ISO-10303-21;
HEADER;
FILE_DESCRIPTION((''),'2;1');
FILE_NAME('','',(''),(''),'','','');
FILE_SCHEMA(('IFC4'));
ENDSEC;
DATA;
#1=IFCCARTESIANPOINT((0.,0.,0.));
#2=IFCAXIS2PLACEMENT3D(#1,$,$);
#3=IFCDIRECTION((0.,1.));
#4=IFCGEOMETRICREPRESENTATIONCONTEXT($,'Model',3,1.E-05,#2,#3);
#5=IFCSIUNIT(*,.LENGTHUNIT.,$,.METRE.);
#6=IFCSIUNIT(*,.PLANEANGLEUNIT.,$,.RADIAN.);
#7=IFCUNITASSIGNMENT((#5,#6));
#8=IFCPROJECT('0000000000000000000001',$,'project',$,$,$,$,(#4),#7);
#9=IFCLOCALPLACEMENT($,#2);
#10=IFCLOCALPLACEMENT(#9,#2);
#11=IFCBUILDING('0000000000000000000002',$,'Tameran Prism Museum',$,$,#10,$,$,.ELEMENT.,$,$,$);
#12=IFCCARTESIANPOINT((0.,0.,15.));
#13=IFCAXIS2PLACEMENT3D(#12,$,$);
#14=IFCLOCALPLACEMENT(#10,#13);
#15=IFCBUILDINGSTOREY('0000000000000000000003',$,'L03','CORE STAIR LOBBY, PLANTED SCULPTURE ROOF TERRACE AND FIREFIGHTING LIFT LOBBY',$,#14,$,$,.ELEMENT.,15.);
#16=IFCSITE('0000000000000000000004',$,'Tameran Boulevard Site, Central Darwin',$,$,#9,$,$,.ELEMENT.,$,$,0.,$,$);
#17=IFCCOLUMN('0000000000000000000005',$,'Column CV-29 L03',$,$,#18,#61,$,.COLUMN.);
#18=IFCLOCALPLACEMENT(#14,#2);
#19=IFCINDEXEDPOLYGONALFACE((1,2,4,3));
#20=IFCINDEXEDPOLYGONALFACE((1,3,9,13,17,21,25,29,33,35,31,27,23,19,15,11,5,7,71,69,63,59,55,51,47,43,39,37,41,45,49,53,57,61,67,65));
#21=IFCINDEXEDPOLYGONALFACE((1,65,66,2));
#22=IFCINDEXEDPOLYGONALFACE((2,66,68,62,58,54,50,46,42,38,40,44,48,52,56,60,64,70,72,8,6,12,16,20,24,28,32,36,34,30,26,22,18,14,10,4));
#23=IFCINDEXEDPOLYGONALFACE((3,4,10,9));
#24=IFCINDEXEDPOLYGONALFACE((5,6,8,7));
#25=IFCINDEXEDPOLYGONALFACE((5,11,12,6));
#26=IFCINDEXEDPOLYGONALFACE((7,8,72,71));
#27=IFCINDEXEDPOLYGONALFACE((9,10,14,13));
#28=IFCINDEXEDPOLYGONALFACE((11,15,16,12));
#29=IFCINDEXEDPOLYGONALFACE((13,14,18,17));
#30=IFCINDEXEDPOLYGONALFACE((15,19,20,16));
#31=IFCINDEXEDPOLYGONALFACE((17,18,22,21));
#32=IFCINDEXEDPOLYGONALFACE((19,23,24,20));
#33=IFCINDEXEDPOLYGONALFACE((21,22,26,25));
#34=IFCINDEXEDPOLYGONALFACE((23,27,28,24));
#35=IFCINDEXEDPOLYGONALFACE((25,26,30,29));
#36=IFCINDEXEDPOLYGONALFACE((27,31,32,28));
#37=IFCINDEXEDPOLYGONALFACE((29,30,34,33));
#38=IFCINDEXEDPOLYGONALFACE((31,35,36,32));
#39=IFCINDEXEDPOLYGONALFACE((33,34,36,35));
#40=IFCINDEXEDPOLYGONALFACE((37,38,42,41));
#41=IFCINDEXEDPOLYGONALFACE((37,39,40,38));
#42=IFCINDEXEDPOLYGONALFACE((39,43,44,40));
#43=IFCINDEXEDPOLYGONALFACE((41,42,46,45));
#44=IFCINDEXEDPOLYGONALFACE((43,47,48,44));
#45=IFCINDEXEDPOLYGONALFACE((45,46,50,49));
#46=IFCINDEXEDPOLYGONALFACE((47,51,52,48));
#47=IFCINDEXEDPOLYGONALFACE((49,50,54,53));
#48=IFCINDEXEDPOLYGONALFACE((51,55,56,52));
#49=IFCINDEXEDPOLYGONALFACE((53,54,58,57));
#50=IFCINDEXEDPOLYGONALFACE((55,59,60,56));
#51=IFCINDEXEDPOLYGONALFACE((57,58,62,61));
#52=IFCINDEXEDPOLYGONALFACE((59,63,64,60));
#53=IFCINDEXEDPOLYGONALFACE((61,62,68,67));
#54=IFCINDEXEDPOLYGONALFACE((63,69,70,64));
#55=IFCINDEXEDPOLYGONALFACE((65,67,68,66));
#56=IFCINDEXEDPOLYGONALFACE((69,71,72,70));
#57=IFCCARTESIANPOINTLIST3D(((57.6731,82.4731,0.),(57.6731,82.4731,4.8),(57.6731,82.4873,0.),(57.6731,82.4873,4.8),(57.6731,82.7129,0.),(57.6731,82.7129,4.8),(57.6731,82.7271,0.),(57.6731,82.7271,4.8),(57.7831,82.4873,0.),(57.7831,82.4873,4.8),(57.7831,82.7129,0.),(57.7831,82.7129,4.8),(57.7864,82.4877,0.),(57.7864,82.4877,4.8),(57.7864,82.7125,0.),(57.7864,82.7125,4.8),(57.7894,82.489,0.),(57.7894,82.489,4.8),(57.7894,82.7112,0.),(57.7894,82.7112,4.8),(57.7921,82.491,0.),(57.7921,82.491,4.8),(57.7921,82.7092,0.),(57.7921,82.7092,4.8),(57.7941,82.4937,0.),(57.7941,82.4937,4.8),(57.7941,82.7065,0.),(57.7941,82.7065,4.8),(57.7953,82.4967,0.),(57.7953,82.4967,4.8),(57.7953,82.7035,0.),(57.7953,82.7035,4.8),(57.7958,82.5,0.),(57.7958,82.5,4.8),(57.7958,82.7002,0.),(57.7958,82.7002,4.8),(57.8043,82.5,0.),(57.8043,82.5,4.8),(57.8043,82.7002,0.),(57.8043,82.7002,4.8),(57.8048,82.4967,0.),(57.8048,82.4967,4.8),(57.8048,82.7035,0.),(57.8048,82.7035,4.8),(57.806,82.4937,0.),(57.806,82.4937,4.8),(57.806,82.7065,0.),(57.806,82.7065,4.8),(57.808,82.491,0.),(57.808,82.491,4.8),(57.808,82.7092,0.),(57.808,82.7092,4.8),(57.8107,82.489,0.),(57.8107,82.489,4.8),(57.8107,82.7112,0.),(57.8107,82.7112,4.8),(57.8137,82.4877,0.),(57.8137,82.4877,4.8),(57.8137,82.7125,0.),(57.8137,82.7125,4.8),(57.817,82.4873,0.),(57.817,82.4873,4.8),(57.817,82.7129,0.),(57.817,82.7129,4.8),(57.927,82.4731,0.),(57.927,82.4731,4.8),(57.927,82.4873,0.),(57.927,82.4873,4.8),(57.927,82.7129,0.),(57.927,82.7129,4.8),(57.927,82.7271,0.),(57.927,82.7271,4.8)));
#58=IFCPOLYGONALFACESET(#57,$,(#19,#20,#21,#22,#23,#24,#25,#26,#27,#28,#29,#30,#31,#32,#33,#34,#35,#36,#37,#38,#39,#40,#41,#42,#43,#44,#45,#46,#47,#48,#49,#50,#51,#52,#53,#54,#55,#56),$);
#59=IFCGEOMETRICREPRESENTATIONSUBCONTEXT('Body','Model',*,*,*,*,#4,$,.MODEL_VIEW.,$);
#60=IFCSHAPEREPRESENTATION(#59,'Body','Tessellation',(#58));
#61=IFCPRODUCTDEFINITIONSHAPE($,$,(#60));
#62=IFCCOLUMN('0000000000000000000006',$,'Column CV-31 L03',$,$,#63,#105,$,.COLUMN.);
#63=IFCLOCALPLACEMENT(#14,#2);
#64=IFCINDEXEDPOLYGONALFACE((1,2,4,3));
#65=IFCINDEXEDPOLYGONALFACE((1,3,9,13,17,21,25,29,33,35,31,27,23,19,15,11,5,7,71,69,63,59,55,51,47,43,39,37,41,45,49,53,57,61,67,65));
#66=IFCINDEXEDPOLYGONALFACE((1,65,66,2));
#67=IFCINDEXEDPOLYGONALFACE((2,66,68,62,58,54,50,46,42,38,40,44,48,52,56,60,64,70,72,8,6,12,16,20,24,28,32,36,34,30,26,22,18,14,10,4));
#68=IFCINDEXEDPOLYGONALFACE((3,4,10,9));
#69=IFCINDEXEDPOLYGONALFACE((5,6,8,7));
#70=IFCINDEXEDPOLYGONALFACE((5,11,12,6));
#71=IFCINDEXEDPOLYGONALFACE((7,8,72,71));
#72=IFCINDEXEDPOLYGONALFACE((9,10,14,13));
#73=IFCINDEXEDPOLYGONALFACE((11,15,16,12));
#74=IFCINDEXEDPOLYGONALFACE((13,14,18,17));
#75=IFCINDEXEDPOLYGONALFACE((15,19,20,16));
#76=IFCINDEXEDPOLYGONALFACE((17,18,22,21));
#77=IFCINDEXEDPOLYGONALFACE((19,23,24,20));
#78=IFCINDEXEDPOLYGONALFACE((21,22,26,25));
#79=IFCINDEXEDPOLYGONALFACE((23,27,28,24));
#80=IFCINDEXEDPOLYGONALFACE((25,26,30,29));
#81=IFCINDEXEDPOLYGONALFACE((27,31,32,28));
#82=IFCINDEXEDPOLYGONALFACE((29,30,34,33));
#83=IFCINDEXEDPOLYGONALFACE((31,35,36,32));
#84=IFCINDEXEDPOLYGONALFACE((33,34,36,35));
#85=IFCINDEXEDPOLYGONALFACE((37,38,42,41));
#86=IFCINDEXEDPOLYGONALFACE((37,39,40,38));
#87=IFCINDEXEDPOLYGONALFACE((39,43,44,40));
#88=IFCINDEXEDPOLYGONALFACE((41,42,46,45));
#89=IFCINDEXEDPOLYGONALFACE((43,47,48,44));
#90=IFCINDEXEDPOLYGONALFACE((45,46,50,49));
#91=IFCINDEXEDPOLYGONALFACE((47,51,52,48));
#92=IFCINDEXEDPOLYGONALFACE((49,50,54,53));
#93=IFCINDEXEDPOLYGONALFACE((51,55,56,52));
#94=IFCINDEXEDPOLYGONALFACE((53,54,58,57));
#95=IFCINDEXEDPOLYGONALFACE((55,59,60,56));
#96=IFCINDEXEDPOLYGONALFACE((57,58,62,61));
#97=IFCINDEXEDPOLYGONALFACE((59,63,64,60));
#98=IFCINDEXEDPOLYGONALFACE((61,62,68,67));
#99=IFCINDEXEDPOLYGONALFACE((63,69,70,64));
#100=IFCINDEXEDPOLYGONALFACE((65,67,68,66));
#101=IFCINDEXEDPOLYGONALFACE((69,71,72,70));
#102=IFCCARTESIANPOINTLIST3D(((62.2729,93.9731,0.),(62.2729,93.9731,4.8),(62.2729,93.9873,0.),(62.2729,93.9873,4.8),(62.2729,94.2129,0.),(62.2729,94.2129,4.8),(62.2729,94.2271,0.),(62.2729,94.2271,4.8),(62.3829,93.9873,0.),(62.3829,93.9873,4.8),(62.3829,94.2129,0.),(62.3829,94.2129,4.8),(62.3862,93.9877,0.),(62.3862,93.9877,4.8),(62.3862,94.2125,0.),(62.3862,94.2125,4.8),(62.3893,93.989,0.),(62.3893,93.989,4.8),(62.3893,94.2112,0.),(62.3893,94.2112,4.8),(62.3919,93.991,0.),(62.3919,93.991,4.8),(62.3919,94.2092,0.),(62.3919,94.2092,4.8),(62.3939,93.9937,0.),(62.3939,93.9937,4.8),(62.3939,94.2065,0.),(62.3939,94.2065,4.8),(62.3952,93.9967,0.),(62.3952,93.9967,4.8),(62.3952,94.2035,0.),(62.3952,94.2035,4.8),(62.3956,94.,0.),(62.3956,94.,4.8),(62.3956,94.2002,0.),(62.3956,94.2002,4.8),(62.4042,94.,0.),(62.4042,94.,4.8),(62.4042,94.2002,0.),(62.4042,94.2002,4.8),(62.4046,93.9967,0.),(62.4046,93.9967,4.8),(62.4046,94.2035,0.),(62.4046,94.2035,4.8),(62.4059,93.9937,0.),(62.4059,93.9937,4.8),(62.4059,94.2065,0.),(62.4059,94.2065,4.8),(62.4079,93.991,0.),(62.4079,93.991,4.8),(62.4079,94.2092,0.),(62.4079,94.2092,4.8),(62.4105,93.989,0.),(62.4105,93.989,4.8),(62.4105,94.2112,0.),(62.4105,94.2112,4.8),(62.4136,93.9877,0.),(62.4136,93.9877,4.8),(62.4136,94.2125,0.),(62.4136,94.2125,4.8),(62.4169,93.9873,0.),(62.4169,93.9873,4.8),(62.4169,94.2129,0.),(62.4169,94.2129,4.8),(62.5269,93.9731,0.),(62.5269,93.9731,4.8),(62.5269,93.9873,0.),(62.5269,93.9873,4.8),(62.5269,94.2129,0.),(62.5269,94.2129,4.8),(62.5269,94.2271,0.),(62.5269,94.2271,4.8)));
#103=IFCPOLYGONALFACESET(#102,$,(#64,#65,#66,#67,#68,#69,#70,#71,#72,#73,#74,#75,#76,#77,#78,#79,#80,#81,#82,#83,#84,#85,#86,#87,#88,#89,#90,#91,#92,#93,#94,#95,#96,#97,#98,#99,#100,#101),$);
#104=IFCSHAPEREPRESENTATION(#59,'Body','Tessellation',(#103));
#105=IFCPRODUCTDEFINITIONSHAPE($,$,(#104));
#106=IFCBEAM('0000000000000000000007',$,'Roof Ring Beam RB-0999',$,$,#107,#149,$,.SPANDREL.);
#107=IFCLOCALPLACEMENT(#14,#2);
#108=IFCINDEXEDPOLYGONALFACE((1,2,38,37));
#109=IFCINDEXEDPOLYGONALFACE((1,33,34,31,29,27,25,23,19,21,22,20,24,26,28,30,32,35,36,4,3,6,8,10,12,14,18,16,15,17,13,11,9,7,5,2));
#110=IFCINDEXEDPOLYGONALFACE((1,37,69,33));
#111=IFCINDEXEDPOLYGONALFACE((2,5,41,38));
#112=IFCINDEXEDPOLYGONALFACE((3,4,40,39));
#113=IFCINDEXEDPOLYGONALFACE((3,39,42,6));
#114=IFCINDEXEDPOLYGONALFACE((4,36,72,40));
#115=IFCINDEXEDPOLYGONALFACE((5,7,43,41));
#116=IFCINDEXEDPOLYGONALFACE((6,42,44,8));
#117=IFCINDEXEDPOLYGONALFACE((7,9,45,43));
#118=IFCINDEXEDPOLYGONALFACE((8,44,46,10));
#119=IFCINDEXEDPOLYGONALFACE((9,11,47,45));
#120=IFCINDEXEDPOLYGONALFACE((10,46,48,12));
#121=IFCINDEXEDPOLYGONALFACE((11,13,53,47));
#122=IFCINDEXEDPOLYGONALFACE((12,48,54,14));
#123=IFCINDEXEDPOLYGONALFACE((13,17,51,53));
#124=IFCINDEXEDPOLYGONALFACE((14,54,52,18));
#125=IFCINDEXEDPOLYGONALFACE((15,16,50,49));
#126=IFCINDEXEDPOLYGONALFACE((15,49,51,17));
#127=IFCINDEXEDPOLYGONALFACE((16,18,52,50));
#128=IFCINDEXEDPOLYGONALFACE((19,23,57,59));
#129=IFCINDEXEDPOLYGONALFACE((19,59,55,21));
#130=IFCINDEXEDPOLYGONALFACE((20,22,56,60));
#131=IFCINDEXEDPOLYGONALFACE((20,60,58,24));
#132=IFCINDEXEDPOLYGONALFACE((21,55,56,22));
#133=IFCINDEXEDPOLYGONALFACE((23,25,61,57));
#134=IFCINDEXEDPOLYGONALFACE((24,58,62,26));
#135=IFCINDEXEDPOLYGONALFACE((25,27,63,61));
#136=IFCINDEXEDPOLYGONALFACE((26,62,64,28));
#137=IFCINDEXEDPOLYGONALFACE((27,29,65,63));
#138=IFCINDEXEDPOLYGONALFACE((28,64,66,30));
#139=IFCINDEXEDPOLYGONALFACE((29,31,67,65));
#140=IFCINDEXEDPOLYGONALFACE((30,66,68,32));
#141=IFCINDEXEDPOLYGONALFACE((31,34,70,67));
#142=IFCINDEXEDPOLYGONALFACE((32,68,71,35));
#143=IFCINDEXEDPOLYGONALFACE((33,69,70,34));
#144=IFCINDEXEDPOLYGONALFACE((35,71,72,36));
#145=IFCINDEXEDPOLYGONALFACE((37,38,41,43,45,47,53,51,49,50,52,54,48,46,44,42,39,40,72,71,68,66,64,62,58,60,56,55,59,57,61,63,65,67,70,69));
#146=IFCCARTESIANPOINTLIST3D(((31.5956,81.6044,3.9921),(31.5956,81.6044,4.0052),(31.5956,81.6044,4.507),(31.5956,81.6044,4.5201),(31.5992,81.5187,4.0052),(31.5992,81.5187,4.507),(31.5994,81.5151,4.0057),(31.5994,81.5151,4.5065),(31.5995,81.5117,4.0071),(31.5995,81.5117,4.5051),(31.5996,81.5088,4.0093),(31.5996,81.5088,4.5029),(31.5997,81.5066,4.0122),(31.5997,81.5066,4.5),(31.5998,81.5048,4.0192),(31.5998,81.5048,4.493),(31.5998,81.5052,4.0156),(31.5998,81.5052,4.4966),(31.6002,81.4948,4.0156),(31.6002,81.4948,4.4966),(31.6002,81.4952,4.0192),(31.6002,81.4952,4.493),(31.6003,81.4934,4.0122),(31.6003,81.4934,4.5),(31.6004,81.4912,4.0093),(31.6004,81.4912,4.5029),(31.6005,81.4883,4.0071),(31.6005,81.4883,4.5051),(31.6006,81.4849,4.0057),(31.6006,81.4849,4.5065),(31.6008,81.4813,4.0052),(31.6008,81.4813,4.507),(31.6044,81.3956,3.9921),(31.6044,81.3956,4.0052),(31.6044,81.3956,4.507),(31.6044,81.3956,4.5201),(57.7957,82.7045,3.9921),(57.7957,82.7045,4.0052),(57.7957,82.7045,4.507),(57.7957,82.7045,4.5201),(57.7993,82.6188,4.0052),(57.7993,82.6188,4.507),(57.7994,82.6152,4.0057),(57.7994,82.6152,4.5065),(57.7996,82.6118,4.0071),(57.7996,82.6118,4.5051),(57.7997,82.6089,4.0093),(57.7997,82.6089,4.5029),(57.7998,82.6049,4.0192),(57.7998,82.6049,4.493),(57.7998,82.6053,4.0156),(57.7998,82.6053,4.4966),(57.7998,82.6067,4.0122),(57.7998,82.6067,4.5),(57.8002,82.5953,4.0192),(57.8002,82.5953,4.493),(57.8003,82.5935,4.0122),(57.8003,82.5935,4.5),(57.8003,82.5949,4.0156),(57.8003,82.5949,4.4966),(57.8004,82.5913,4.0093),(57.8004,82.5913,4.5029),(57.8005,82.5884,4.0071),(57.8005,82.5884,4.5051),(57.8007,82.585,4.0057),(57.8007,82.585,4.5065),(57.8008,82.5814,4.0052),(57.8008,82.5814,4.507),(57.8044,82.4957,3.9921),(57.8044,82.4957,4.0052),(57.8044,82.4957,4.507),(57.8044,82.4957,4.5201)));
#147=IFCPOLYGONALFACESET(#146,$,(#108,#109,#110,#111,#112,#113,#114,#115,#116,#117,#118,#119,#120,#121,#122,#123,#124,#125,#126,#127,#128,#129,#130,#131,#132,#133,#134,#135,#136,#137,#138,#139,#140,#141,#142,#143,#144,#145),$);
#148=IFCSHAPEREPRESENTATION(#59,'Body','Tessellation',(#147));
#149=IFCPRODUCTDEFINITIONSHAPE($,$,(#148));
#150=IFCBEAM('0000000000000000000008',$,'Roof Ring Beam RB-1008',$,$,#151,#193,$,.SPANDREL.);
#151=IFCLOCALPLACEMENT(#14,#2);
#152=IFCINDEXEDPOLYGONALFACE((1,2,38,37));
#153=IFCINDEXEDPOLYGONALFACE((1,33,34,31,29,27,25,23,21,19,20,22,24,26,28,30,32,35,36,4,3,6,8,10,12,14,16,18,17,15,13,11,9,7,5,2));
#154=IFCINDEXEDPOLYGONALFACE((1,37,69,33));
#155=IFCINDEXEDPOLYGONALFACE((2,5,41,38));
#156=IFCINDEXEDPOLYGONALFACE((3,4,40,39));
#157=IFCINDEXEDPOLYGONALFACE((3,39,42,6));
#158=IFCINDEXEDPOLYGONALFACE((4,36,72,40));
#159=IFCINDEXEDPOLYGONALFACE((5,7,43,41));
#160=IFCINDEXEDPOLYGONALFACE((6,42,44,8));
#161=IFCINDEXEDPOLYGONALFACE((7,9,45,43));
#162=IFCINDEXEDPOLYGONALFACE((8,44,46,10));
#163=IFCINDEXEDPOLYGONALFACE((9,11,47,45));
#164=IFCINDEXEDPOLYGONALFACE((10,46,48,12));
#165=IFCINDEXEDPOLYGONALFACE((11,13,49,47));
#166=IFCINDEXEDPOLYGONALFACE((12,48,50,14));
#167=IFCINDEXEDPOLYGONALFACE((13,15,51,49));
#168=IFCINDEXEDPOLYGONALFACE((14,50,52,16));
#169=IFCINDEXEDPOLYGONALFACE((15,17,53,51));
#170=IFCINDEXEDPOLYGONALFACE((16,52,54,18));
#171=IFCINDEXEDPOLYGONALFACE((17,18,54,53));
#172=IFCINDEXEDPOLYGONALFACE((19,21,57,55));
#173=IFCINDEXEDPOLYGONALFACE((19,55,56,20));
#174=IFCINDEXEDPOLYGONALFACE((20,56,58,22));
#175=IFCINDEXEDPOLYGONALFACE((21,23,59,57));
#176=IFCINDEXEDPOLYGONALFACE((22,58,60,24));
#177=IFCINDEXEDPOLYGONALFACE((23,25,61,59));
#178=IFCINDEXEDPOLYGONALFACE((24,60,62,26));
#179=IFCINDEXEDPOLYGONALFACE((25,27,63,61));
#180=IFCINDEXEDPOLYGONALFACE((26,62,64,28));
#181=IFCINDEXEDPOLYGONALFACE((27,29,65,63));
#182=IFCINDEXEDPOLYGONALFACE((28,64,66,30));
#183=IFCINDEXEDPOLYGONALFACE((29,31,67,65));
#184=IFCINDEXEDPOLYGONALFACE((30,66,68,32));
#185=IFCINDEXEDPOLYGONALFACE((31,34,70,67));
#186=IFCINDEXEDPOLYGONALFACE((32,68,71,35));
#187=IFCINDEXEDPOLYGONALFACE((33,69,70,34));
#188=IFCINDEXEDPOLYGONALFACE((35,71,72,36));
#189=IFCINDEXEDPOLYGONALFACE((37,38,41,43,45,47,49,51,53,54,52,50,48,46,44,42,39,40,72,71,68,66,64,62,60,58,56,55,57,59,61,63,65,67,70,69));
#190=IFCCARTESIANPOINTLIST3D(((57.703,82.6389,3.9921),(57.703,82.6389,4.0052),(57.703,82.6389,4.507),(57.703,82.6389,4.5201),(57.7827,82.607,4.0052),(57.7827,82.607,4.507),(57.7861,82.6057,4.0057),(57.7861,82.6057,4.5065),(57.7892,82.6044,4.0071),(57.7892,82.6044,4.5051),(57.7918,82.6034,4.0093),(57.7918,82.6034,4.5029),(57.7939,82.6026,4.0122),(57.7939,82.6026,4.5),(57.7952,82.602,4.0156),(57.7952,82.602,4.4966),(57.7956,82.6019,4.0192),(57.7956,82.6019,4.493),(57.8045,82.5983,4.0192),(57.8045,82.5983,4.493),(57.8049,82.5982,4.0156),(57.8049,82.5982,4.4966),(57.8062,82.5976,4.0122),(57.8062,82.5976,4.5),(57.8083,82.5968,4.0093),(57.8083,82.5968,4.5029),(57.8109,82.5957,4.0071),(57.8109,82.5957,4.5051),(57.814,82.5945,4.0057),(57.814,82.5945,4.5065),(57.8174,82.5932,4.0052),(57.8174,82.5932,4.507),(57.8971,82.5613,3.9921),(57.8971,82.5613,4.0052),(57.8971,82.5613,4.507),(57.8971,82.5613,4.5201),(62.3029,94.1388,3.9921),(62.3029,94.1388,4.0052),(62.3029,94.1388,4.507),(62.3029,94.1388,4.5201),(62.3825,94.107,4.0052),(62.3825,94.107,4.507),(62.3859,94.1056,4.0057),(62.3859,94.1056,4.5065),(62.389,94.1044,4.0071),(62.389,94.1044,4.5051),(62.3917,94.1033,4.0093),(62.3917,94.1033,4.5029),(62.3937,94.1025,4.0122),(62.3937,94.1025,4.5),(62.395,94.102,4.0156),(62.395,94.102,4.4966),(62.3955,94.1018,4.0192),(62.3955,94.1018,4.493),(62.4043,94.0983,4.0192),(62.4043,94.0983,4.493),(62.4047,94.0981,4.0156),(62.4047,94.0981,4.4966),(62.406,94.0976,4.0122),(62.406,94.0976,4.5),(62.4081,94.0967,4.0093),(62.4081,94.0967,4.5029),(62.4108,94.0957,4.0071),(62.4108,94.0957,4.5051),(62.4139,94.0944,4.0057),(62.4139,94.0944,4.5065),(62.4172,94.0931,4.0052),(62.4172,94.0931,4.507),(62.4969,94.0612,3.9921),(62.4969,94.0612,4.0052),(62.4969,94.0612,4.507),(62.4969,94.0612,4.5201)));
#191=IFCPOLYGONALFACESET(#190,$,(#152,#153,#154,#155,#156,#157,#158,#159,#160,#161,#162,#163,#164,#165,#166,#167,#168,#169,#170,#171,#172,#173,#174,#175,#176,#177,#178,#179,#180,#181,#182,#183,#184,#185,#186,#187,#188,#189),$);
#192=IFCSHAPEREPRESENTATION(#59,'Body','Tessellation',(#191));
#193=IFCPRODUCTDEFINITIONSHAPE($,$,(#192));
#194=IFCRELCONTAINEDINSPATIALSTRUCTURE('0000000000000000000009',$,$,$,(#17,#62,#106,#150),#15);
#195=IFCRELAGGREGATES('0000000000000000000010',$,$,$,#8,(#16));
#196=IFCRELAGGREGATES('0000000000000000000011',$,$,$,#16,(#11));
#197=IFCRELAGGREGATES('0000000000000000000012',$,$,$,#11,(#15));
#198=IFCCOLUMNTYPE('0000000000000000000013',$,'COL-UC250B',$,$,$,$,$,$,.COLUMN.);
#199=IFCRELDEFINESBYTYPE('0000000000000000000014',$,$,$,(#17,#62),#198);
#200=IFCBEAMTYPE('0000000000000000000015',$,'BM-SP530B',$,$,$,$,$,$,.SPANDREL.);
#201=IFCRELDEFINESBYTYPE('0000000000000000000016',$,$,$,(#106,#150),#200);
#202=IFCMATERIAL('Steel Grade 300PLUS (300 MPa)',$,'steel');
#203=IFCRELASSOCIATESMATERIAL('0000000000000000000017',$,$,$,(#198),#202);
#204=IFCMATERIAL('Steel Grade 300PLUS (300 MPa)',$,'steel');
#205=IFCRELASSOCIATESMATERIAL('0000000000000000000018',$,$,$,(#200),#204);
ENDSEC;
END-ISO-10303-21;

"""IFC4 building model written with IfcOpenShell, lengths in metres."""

from ifc_helpers import new_model, si_unit, direction, frame, origin, origin_2d, place, context, subcontext, project, spatial, i_section, extrude, material, material_profile, profile_set, type_object, element, save


model = new_model("IFC4")

# Units and contexts
model_context = context("Model", 3, precision=1e-05, world=origin(), true_north=direction((0.0, 1.0)))
body_context = subcontext(model_context, "Body", "Model", "MODEL_VIEW")
ifc_project = project(units=[si_unit("LENGTHUNIT", "METRE"), si_unit("PLANEANGLEUNIT", "RADIAN")], contexts=[model_context])

# Site, building, storey
site_placement = place(None, origin())
site = spatial("IfcSite", under=ifc_project, at=site_placement, Name="Tameran Boulevard Site, Central Darwin", CompositionType="ELEMENT", RefElevation=0.0)
building_placement = place(site_placement, origin())
building = spatial("IfcBuilding", under=site, at=building_placement, Name="Tameran Prism Museum", CompositionType="ELEMENT")
storey_placement = place(building_placement, frame((0.0, 0.0, 15.0)))
storey = spatial("IfcBuildingStorey", under=building, at=storey_placement, Name="L03", Description="CORE STAIR LOBBY, PLANTED SCULPTURE ROOF TERRACE AND FIREFIGHTING LIFT LOBBY", CompositionType="ELEMENT", Elevation=15.0)

# Columns
ifc_material_1 = material(Name="Steel Grade 300PLUS (300 MPa)", Category="steel")
ifc_material_profile_1 = material_profile(ifc_material_1, i_section(OverallWidth=0.2539, OverallDepth=0.2539, WebThickness=0.0085, FlangeThickness=0.0142, FilletRadius=0.0127, at=origin_2d()))
ifc_profile_set_1 = profile_set([ifc_material_profile_1])
column_type = type_object("IfcColumnType", Name="COL-UC250B", PredefinedType="COLUMN", material=ifc_profile_set_1)
for number, where, z_axis, x_axis, name in (
    (1, (57.8, 82.6001, 0.0), (0.0, 0.0, 1.0), (1.0, 0.0, 0.0), "Column CV-29 L03"),
    (2, (62.3999, 94.1001, 0.0), (0.0, 0.0, 1.0), (1.0, 0.0, 0.0), "Column CV-31 L03"),
):
    element("IfcColumn", number, at=place(storey_placement, frame(where, z_axis=z_axis, x_axis=x_axis)), inside=storey, type_object=column_type, Name=name, PredefinedType="COLUMN", context=body_context, shape_type="SweptSolid", body=[
        extrude(i_section(OverallWidth=0.2539, OverallDepth=0.2539, WebThickness=0.0085, FlangeThickness=0.0142, FilletRadius=0.0127, at=origin_2d()), origin(), (0.0, 0.0, 1.0), 4.8),
    ])

# Beams
ifc_material_2 = material(Name="Steel Grade 300PLUS (300 MPa)", Category="steel")
ifc_material_profile_2 = material_profile(ifc_material_2, i_section(OverallWidth=0.209, OverallDepth=0.5281, WebThickness=0.0095, FlangeThickness=0.0132, FilletRadius=0.0139, at=origin_2d()))
ifc_profile_set_2 = profile_set([ifc_material_profile_2])
beam_type_1 = type_object("IfcBeamType", Name="BM-SP530B", PredefinedType="SPANDREL", material=ifc_profile_set_2)
beam_1_placement = place(storey_placement, frame((57.8, 82.6001, 4.2561), z_axis=(-0.99912, -0.041952, 0.0), x_axis=(0.041952, -0.99912, 0.0)))
element("IfcBeam", 3, at=beam_1_placement, inside=storey, type_object=beam_type_1, Name="Roof Ring Beam RB-0999", PredefinedType="SPANDREL", context=body_context, shape_type="SweptSolid", body=[
    extrude(i_section(OverallWidth=0.209, OverallDepth=0.5281, WebThickness=0.0095, FlangeThickness=0.0132, FilletRadius=0.0139, at=origin_2d()), origin(), (0.0, 0.0, 1.0), 26.2231),
])
beam_2_placement = place(storey_placement, frame((57.8, 82.6001, 4.2561), z_axis=(0.37138, 0.928481, 0.0), x_axis=(-0.928481, 0.37138, 0.0)))
element("IfcBeam", 4, at=beam_2_placement, inside=storey, type_object=beam_type_1, Name="Roof Ring Beam RB-1008", PredefinedType="SPANDREL", context=body_context, shape_type="SweptSolid", body=[
    extrude(i_section(OverallWidth=0.209, OverallDepth=0.5281, WebThickness=0.0095, FlangeThickness=0.0132, FilletRadius=0.0139, at=origin_2d()), origin(), (0.0, 0.0, 1.0), 12.3857),
])

save(model, "model.ifc")
